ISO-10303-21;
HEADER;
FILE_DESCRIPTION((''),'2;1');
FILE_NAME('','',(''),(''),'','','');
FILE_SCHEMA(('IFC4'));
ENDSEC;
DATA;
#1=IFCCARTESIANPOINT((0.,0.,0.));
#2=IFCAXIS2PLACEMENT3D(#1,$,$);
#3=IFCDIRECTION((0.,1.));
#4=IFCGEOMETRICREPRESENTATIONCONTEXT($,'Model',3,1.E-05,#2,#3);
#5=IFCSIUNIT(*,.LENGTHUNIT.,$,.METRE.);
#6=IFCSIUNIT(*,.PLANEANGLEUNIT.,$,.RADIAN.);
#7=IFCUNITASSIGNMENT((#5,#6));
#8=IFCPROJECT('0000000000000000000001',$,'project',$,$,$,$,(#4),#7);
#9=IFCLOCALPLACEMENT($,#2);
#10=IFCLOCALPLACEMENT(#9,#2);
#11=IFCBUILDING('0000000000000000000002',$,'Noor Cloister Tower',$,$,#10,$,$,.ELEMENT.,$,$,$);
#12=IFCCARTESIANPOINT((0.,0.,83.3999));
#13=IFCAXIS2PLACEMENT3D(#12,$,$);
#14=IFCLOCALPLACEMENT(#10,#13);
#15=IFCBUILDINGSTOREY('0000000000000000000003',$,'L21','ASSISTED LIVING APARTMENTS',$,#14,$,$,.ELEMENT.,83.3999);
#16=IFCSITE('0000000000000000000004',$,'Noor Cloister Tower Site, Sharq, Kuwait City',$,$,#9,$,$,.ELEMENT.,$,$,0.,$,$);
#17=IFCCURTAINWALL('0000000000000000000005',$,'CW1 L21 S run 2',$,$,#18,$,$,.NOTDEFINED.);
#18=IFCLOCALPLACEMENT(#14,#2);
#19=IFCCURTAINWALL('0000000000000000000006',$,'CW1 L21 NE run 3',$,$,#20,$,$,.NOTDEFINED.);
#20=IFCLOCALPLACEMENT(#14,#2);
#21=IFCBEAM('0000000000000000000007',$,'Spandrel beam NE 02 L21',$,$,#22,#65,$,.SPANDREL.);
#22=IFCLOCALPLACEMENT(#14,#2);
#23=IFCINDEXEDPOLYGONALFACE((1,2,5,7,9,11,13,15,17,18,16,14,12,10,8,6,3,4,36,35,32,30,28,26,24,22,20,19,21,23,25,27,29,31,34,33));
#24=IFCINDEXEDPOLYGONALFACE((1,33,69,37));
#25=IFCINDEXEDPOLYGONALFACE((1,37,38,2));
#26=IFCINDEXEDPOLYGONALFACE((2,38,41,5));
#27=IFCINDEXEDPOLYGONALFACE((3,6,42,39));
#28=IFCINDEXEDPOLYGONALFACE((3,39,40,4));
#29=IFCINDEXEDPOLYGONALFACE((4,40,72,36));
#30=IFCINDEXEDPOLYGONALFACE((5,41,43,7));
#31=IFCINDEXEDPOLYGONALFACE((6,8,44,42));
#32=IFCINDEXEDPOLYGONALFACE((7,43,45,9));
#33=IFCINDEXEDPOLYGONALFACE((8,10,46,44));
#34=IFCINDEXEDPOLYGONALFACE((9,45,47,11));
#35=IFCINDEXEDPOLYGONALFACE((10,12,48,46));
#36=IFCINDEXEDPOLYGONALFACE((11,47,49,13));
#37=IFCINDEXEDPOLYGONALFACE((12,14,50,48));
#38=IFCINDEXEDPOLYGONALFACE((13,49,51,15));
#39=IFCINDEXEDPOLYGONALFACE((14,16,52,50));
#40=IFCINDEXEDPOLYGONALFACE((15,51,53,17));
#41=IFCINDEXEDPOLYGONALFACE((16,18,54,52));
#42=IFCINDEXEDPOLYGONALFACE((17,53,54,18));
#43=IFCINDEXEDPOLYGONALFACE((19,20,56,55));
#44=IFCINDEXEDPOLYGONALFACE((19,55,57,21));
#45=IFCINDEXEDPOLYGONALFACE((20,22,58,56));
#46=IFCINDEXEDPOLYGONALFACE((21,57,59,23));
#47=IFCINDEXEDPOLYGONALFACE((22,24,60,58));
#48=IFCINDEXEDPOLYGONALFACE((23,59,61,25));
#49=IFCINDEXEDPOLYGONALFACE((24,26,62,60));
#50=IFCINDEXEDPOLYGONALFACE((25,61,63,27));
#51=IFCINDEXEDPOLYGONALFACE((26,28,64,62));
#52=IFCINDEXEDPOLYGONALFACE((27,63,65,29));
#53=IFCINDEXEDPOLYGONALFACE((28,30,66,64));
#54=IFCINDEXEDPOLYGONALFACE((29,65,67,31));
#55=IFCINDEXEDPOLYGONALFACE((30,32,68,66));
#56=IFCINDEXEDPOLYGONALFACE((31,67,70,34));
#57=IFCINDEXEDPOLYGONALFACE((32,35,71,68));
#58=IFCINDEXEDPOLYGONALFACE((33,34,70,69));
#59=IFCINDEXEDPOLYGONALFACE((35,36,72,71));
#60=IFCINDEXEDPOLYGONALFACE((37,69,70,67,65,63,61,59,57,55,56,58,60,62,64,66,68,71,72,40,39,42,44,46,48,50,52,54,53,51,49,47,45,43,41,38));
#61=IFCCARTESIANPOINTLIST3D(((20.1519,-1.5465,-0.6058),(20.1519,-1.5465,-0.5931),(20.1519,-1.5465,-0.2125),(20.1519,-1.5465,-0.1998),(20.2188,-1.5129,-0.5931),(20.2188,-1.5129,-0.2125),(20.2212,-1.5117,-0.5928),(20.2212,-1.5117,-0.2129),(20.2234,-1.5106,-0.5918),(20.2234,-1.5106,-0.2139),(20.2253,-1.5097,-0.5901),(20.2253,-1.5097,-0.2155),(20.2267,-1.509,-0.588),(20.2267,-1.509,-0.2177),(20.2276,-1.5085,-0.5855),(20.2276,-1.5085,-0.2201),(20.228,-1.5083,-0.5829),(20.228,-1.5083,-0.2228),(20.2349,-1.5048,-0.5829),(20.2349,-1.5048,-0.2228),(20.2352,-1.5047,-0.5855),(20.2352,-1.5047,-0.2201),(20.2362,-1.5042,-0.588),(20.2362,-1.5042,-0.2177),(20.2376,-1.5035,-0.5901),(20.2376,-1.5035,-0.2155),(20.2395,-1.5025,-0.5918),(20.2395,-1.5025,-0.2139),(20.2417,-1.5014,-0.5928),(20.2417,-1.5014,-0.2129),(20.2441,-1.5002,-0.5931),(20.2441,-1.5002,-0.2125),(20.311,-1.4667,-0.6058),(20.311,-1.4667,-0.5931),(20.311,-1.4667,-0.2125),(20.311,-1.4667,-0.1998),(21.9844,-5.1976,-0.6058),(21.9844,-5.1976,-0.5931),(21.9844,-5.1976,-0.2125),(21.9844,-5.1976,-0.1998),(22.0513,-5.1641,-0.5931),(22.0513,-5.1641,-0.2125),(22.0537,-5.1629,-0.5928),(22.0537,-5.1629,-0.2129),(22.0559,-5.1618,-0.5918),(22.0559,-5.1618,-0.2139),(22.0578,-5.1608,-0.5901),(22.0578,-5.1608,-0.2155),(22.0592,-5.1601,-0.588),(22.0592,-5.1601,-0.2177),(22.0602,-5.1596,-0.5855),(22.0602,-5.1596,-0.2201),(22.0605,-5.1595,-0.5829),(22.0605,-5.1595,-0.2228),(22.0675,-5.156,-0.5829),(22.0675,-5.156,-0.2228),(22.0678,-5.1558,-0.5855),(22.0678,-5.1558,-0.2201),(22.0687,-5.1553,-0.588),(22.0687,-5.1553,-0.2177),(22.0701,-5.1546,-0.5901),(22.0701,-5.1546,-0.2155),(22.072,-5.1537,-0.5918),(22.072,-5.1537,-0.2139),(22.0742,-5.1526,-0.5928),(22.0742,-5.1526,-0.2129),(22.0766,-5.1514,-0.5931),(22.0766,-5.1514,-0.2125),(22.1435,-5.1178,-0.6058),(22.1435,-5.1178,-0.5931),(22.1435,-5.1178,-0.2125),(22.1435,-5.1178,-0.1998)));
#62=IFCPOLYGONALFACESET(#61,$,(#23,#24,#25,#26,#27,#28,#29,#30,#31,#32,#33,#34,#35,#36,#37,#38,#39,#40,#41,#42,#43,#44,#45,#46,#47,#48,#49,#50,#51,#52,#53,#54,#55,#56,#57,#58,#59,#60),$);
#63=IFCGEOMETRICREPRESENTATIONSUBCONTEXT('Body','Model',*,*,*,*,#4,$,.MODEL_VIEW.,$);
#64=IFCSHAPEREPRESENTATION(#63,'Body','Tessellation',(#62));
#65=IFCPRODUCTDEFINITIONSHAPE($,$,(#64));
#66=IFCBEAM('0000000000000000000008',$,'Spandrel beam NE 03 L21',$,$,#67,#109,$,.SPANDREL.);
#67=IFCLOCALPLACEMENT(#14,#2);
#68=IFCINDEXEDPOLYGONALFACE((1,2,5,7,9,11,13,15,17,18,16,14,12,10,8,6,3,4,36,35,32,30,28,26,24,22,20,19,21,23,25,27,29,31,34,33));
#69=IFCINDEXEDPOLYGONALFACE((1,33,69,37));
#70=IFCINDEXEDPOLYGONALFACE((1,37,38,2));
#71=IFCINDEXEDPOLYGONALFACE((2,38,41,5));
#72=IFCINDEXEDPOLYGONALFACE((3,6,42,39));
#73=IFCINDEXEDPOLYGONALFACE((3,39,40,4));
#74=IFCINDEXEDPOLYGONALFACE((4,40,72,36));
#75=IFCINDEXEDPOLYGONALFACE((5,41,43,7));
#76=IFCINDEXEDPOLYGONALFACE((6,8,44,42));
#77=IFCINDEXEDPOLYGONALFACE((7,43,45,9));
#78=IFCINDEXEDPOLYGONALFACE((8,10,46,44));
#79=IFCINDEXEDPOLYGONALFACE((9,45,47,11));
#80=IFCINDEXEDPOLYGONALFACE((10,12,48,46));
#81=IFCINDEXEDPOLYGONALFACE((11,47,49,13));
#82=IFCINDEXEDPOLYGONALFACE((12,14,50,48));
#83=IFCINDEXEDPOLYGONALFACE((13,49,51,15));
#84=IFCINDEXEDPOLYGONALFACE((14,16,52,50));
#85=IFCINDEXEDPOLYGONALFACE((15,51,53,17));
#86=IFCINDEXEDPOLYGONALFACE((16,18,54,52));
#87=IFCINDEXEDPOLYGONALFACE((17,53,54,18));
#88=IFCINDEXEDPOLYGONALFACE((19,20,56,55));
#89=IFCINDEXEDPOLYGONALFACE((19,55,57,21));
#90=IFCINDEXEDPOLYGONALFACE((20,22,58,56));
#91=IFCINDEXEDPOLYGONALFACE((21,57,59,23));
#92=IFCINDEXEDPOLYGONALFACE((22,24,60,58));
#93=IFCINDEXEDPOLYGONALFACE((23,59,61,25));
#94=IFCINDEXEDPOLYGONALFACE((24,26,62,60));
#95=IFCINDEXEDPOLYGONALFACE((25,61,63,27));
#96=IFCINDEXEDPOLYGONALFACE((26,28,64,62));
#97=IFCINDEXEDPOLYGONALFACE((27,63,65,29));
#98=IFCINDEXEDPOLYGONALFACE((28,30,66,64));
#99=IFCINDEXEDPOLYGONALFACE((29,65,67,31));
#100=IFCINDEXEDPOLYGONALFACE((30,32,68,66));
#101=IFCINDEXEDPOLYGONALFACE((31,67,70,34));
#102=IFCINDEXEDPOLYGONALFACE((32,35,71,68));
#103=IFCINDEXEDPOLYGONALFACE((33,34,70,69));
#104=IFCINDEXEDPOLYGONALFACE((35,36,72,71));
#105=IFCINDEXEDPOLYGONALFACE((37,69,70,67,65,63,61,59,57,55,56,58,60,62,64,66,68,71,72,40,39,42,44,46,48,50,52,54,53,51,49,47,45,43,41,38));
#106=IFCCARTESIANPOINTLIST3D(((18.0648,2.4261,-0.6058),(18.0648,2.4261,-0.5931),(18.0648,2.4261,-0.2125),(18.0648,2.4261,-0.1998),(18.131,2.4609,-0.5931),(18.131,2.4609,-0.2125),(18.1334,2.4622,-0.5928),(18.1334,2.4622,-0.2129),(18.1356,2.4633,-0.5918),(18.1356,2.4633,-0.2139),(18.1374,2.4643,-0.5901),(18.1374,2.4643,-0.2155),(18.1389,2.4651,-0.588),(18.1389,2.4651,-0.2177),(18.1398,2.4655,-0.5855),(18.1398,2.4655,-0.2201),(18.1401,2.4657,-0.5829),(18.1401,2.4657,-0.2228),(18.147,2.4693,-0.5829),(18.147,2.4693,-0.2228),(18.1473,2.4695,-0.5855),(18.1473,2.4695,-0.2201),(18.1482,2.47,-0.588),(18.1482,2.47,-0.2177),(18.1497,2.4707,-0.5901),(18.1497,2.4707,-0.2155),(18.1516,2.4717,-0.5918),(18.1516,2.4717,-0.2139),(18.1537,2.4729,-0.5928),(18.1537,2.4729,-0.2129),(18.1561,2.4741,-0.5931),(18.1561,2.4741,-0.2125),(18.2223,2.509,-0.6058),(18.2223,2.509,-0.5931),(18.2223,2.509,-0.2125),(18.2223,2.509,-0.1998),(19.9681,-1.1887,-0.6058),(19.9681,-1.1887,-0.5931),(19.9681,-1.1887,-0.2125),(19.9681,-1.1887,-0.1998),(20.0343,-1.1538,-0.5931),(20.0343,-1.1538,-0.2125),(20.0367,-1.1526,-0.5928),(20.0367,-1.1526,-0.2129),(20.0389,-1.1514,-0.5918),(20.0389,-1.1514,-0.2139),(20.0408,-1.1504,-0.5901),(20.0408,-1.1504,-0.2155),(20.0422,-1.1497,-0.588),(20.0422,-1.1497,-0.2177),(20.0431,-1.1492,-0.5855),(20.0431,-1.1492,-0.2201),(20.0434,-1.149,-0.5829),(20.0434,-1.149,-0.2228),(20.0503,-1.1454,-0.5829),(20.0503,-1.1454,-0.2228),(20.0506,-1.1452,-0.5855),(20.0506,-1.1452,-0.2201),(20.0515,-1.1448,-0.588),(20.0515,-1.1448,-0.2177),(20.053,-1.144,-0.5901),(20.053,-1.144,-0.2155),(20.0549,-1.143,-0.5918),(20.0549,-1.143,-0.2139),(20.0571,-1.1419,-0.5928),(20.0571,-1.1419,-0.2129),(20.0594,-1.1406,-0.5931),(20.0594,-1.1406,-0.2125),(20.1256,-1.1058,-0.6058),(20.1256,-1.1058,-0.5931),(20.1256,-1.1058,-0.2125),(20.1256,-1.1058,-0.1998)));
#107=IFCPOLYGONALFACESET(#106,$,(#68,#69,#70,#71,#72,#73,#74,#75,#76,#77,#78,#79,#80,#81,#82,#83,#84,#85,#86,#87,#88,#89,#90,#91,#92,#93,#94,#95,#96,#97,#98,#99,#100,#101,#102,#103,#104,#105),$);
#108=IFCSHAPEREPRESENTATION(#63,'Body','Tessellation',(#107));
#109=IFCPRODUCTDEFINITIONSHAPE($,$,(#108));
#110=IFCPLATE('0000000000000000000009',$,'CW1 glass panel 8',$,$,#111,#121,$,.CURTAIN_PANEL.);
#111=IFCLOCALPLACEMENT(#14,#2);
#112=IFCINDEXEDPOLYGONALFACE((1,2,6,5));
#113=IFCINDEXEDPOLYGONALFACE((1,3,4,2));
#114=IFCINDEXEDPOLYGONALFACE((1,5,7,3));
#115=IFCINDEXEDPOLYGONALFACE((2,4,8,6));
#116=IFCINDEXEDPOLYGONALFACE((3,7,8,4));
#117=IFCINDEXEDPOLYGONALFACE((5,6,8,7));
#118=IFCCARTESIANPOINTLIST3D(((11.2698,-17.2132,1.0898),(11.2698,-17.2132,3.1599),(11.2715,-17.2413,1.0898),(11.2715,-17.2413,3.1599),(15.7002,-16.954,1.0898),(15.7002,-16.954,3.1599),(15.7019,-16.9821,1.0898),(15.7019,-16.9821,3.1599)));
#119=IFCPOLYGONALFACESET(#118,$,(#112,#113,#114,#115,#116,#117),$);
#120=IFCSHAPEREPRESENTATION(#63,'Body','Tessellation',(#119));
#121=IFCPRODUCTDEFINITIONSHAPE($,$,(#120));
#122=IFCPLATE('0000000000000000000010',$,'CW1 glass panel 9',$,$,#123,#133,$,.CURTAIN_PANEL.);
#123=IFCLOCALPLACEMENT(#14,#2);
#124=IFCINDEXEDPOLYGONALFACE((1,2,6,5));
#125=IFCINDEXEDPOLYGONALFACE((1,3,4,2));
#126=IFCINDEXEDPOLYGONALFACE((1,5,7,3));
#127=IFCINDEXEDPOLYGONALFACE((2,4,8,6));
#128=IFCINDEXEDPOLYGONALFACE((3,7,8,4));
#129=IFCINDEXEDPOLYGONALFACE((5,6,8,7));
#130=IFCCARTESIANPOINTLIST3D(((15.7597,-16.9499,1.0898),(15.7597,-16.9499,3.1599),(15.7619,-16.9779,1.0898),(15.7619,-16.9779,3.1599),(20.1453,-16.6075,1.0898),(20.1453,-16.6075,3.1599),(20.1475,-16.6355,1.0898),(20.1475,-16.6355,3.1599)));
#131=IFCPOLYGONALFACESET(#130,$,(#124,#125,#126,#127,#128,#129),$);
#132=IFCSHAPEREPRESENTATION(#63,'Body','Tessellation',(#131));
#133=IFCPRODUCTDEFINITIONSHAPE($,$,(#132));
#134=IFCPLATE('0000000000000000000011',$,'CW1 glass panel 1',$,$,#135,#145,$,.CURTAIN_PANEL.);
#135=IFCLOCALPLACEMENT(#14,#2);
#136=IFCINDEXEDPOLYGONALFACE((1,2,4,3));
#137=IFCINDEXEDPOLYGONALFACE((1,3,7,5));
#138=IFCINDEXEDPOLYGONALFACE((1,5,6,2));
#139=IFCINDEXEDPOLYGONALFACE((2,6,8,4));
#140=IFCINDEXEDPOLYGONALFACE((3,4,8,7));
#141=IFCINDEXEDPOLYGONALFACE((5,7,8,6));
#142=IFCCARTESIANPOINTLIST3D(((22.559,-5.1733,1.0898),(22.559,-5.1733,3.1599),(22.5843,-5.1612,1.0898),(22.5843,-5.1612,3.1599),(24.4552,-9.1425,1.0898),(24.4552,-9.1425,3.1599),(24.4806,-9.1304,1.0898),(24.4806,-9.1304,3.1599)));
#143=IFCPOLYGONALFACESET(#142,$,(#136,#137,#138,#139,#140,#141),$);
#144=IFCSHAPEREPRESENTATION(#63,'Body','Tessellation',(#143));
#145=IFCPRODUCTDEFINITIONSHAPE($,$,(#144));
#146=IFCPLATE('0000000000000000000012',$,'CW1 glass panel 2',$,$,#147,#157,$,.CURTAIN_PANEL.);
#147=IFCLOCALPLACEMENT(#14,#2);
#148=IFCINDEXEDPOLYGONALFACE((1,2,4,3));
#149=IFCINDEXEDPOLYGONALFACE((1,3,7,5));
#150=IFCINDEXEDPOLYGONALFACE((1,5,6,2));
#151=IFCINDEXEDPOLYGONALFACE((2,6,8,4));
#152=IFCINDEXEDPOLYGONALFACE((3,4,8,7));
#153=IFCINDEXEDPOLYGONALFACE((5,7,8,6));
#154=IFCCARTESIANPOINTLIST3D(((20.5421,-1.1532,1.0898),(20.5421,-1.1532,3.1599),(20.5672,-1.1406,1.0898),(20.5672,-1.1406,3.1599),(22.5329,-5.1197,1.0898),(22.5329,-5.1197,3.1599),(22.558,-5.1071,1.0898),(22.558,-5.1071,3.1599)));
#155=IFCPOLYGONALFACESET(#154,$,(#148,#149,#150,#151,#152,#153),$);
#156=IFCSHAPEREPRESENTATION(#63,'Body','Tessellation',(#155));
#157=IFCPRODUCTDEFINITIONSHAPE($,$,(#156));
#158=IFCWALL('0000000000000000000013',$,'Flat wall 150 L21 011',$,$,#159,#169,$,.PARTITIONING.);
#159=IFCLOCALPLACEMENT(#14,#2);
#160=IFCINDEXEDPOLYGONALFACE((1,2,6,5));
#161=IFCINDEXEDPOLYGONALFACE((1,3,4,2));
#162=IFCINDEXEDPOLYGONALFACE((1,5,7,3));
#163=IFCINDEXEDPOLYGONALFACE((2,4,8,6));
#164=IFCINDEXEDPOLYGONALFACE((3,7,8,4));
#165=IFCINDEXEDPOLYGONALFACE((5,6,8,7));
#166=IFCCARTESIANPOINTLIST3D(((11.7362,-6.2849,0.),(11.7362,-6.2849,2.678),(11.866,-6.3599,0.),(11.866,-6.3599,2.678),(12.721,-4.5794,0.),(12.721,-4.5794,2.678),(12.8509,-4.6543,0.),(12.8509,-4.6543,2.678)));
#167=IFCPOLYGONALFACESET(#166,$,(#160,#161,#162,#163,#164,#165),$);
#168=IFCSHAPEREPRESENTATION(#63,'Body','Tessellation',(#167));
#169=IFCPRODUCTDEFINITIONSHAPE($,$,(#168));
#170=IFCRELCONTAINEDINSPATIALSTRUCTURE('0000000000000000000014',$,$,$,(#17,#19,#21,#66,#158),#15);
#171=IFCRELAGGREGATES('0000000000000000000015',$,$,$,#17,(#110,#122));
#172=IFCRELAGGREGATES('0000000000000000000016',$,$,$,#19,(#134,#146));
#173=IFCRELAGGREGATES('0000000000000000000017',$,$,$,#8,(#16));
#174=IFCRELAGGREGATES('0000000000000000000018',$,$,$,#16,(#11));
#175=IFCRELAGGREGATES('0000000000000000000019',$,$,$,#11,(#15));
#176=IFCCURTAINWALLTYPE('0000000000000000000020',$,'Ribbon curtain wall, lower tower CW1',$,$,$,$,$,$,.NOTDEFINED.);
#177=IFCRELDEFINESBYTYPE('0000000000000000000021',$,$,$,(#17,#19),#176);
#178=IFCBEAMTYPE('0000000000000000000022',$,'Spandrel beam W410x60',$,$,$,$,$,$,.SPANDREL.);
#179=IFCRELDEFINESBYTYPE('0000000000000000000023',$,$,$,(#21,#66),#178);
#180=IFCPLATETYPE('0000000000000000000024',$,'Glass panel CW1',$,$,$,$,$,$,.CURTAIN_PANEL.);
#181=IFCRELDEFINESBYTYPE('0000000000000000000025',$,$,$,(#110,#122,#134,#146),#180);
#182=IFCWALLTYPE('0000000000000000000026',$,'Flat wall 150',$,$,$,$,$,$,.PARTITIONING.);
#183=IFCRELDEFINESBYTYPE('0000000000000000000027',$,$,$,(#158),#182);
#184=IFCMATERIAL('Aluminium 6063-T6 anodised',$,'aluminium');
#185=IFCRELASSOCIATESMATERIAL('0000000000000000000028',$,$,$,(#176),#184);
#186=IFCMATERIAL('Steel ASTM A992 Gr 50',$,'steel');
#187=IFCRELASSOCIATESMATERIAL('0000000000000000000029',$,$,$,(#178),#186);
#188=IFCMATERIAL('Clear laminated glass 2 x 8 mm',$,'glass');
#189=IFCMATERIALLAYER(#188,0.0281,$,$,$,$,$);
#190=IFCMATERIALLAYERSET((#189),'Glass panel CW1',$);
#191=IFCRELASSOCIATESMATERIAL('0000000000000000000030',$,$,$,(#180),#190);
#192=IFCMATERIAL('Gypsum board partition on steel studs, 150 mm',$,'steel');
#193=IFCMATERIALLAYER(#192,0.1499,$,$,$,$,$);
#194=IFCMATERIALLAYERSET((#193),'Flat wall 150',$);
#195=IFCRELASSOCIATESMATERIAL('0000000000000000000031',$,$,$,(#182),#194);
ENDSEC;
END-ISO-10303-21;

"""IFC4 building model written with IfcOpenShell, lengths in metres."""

from ifc_helpers import new_model, si_unit, direction, frame, frame_2d, origin, origin_2d, place, context, subcontext, project, spatial, rectangle, i_section, extrude, material, layer, layer_set, material_profile, profile_set, type_object, element, aggregate, save


model = new_model("IFC4")

# Units and contexts
model_context = context("Model", 3, precision=1e-05, world=origin(), true_north=direction((0.0, 1.0)))
body_context = subcontext(model_context, "Body", "Model", "MODEL_VIEW")
ifc_project = project(units=[si_unit("LENGTHUNIT", "METRE"), si_unit("PLANEANGLEUNIT", "RADIAN")], contexts=[model_context])

# Site, building, storey
site_placement = place(None, origin())
site = spatial("IfcSite", under=ifc_project, at=site_placement, Name="Noor Cloister Tower Site, Sharq, Kuwait City", CompositionType="ELEMENT", RefElevation=0.0)
building_placement = place(site_placement, origin())
building = spatial("IfcBuilding", under=site, at=building_placement, Name="Noor Cloister Tower", CompositionType="ELEMENT")
storey_placement = place(building_placement, frame((0.0, 0.0, 83.3999)))
storey = spatial("IfcBuildingStorey", under=building, at=storey_placement, Name="L21", Description="ASSISTED LIVING APARTMENTS", CompositionType="ELEMENT", Elevation=83.3999)

# Curtain walls
ifc_material_1 = material(Name="Aluminium 6063-T6 anodised", Category="aluminium")
curtain_wall_type = type_object("IfcCurtainWallType", Name="Ribbon curtain wall, lower tower CW1", PredefinedType="NOTDEFINED", material=ifc_material_1)
curtain_wall_1_placement = place(storey_placement, origin())
curtain_wall_1 = element("IfcCurtainWall", 1, at=curtain_wall_1_placement, inside=storey, type_object=curtain_wall_type, Name="CW1 L21 S run 2", PredefinedType="NOTDEFINED")
curtain_wall_2_placement = place(storey_placement, origin())
curtain_wall_2 = element("IfcCurtainWall", 2, at=curtain_wall_2_placement, inside=storey, type_object=curtain_wall_type, Name="CW1 L21 NE run 3", PredefinedType="NOTDEFINED")

# Beams
ifc_material_2 = material(Name="Steel ASTM A992 Gr 50", Category="steel")
ifc_material_profile_1 = material_profile(ifc_material_2, i_section(OverallWidth=0.178, OverallDepth=0.406, WebThickness=0.0078, FlangeThickness=0.0127, FilletRadius=0.0103, at=origin_2d()), Name="W410x60")
ifc_profile_set_1 = profile_set([ifc_material_profile_1], Name="Steel ASTM A992 Gr 50")
beam_type_1 = type_object("IfcBeamType", Name="Spandrel beam W410x60", PredefinedType="SPANDREL", material=ifc_profile_set_1)
for number, where, z_axis, x_axis, name in (
    (3, (22.064, -5.1577, -0.4028), (-0.448576, 0.893745, 0.0), (-0.893745, -0.448576, 0.0), "Spandrel beam NE 02 L21"),
    (4, (20.0469, -1.1472, -0.4028), (-0.465904, 0.884835, 0.0), (-0.884835, -0.465904, 0.0), "Spandrel beam NE 03 L21"),
):
    element("IfcBeam", number, at=place(storey_placement, frame(where, z_axis=z_axis, x_axis=x_axis)), inside=storey, type_object=beam_type_1, Name=name, PredefinedType="SPANDREL", context=body_context, shape_type="SweptSolid", body=[
        extrude(i_section(OverallWidth=0.178, OverallDepth=0.406, WebThickness=0.0078, FlangeThickness=0.0127, FilletRadius=0.0103, at=origin_2d()), origin(), (0.0, 0.0, 1.0), 4.0852),
    ])

# Plates
ifc_material_3 = material(Name="Clear laminated glass 2 x 8 mm", Category="glass")
ifc_layer_1 = layer(ifc_material_3, 0.0281)
ifc_layer_set_1 = layer_set([ifc_layer_1], Name="Glass panel CW1")
plate_type = type_object("IfcPlateType", Name="Glass panel CW1", PredefinedType="CURTAIN_PANEL", material=ifc_layer_set_1)
plate_1_placement = place(storey_placement, frame((13.4858, -17.0977, 1.0898), z_axis=(0.0, 0.0, 1.0), x_axis=(0.998293, 0.058407, 0.0)))
plate_1 = element("IfcPlate", 5, at=plate_1_placement, type_object=plate_type, Name="CW1 glass panel 8", PredefinedType="CURTAIN_PANEL", context=body_context, shape_type="SweptSolid", body=[
    extrude(rectangle(XDim=4.438, YDim=0.0281, at=origin_2d()), origin(), (0.0, 0.0, 1.0), 2.0701),
])
plate_2_placement = place(storey_placement, frame((17.9536, -16.7927, 1.0898), z_axis=(0.0, 0.0, 1.0), x_axis=(0.996966, 0.077841, 0.0)))
plate_2 = element("IfcPlate", 6, at=plate_2_placement, type_object=plate_type, Name="CW1 glass panel 9", PredefinedType="CURTAIN_PANEL", context=body_context, shape_type="SweptSolid", body=[
    extrude(rectangle(XDim=4.3989, YDim=0.0281, at=origin_2d()), origin(), (0.0, 0.0, 1.0), 2.0701),
])
aggregate(curtain_wall_1, [plate_1, plate_2])
plate_3_placement = place(storey_placement, frame((23.5198, -7.1519, 1.0898), z_axis=(0.0, 0.0, 1.0), x_axis=(-0.43107, 0.902318, 0.0)))
plate_3 = element("IfcPlate", 7, at=plate_3_placement, type_object=plate_type, Name="CW1 glass panel 1", PredefinedType="CURTAIN_PANEL", context=body_context, shape_type="SweptSolid", body=[
    extrude(rectangle(XDim=4.3989, YDim=0.0281, at=origin_2d()), origin(), (0.0, 0.0, 1.0), 2.0701),
])
plate_4_placement = place(storey_placement, frame((21.55, -3.1301, 1.0898), z_axis=(0.0, 0.0, 1.0), x_axis=(-0.448565, 0.89375, 0.0)))
plate_4 = element("IfcPlate", 8, at=plate_4_placement, type_object=plate_type, Name="CW1 glass panel 2", PredefinedType="CURTAIN_PANEL", context=body_context, shape_type="SweptSolid", body=[
    extrude(rectangle(XDim=4.438, YDim=0.0281, at=origin_2d()), origin(), (0.0, 0.0, 1.0), 2.0701),
])
aggregate(curtain_wall_2, [plate_3, plate_4])

# Wall
ifc_material_4 = material(Name="Gypsum board partition on steel studs, 150 mm", Category="steel")
ifc_layer_2 = layer(ifc_material_4, 0.1499)
ifc_layer_set_2 = layer_set([ifc_layer_2], Name="Flat wall 150")
wall_type_1 = type_object("IfcWallType", Name="Flat wall 150", PredefinedType="PARTITIONING", material=ifc_layer_set_2)
wall_1_placement = place(storey_placement, frame((11.801, -6.3225, 0.0), z_axis=(0.0, 0.0, 1.0), x_axis=(0.500059, 0.865992, 0.0)))
element("IfcWall", 9, at=wall_1_placement, inside=storey, type_object=wall_type_1, Name="Flat wall 150 L21 011", PredefinedType="PARTITIONING", context=body_context, shape_type="SweptSolid", body=[
    extrude(rectangle(XDim=1.9695, YDim=0.1499, at=frame_2d((0.9849, 0.0))), origin(), (0.0, 0.0, 1.0), 2.678),
])

save(model, "model.ifc")
